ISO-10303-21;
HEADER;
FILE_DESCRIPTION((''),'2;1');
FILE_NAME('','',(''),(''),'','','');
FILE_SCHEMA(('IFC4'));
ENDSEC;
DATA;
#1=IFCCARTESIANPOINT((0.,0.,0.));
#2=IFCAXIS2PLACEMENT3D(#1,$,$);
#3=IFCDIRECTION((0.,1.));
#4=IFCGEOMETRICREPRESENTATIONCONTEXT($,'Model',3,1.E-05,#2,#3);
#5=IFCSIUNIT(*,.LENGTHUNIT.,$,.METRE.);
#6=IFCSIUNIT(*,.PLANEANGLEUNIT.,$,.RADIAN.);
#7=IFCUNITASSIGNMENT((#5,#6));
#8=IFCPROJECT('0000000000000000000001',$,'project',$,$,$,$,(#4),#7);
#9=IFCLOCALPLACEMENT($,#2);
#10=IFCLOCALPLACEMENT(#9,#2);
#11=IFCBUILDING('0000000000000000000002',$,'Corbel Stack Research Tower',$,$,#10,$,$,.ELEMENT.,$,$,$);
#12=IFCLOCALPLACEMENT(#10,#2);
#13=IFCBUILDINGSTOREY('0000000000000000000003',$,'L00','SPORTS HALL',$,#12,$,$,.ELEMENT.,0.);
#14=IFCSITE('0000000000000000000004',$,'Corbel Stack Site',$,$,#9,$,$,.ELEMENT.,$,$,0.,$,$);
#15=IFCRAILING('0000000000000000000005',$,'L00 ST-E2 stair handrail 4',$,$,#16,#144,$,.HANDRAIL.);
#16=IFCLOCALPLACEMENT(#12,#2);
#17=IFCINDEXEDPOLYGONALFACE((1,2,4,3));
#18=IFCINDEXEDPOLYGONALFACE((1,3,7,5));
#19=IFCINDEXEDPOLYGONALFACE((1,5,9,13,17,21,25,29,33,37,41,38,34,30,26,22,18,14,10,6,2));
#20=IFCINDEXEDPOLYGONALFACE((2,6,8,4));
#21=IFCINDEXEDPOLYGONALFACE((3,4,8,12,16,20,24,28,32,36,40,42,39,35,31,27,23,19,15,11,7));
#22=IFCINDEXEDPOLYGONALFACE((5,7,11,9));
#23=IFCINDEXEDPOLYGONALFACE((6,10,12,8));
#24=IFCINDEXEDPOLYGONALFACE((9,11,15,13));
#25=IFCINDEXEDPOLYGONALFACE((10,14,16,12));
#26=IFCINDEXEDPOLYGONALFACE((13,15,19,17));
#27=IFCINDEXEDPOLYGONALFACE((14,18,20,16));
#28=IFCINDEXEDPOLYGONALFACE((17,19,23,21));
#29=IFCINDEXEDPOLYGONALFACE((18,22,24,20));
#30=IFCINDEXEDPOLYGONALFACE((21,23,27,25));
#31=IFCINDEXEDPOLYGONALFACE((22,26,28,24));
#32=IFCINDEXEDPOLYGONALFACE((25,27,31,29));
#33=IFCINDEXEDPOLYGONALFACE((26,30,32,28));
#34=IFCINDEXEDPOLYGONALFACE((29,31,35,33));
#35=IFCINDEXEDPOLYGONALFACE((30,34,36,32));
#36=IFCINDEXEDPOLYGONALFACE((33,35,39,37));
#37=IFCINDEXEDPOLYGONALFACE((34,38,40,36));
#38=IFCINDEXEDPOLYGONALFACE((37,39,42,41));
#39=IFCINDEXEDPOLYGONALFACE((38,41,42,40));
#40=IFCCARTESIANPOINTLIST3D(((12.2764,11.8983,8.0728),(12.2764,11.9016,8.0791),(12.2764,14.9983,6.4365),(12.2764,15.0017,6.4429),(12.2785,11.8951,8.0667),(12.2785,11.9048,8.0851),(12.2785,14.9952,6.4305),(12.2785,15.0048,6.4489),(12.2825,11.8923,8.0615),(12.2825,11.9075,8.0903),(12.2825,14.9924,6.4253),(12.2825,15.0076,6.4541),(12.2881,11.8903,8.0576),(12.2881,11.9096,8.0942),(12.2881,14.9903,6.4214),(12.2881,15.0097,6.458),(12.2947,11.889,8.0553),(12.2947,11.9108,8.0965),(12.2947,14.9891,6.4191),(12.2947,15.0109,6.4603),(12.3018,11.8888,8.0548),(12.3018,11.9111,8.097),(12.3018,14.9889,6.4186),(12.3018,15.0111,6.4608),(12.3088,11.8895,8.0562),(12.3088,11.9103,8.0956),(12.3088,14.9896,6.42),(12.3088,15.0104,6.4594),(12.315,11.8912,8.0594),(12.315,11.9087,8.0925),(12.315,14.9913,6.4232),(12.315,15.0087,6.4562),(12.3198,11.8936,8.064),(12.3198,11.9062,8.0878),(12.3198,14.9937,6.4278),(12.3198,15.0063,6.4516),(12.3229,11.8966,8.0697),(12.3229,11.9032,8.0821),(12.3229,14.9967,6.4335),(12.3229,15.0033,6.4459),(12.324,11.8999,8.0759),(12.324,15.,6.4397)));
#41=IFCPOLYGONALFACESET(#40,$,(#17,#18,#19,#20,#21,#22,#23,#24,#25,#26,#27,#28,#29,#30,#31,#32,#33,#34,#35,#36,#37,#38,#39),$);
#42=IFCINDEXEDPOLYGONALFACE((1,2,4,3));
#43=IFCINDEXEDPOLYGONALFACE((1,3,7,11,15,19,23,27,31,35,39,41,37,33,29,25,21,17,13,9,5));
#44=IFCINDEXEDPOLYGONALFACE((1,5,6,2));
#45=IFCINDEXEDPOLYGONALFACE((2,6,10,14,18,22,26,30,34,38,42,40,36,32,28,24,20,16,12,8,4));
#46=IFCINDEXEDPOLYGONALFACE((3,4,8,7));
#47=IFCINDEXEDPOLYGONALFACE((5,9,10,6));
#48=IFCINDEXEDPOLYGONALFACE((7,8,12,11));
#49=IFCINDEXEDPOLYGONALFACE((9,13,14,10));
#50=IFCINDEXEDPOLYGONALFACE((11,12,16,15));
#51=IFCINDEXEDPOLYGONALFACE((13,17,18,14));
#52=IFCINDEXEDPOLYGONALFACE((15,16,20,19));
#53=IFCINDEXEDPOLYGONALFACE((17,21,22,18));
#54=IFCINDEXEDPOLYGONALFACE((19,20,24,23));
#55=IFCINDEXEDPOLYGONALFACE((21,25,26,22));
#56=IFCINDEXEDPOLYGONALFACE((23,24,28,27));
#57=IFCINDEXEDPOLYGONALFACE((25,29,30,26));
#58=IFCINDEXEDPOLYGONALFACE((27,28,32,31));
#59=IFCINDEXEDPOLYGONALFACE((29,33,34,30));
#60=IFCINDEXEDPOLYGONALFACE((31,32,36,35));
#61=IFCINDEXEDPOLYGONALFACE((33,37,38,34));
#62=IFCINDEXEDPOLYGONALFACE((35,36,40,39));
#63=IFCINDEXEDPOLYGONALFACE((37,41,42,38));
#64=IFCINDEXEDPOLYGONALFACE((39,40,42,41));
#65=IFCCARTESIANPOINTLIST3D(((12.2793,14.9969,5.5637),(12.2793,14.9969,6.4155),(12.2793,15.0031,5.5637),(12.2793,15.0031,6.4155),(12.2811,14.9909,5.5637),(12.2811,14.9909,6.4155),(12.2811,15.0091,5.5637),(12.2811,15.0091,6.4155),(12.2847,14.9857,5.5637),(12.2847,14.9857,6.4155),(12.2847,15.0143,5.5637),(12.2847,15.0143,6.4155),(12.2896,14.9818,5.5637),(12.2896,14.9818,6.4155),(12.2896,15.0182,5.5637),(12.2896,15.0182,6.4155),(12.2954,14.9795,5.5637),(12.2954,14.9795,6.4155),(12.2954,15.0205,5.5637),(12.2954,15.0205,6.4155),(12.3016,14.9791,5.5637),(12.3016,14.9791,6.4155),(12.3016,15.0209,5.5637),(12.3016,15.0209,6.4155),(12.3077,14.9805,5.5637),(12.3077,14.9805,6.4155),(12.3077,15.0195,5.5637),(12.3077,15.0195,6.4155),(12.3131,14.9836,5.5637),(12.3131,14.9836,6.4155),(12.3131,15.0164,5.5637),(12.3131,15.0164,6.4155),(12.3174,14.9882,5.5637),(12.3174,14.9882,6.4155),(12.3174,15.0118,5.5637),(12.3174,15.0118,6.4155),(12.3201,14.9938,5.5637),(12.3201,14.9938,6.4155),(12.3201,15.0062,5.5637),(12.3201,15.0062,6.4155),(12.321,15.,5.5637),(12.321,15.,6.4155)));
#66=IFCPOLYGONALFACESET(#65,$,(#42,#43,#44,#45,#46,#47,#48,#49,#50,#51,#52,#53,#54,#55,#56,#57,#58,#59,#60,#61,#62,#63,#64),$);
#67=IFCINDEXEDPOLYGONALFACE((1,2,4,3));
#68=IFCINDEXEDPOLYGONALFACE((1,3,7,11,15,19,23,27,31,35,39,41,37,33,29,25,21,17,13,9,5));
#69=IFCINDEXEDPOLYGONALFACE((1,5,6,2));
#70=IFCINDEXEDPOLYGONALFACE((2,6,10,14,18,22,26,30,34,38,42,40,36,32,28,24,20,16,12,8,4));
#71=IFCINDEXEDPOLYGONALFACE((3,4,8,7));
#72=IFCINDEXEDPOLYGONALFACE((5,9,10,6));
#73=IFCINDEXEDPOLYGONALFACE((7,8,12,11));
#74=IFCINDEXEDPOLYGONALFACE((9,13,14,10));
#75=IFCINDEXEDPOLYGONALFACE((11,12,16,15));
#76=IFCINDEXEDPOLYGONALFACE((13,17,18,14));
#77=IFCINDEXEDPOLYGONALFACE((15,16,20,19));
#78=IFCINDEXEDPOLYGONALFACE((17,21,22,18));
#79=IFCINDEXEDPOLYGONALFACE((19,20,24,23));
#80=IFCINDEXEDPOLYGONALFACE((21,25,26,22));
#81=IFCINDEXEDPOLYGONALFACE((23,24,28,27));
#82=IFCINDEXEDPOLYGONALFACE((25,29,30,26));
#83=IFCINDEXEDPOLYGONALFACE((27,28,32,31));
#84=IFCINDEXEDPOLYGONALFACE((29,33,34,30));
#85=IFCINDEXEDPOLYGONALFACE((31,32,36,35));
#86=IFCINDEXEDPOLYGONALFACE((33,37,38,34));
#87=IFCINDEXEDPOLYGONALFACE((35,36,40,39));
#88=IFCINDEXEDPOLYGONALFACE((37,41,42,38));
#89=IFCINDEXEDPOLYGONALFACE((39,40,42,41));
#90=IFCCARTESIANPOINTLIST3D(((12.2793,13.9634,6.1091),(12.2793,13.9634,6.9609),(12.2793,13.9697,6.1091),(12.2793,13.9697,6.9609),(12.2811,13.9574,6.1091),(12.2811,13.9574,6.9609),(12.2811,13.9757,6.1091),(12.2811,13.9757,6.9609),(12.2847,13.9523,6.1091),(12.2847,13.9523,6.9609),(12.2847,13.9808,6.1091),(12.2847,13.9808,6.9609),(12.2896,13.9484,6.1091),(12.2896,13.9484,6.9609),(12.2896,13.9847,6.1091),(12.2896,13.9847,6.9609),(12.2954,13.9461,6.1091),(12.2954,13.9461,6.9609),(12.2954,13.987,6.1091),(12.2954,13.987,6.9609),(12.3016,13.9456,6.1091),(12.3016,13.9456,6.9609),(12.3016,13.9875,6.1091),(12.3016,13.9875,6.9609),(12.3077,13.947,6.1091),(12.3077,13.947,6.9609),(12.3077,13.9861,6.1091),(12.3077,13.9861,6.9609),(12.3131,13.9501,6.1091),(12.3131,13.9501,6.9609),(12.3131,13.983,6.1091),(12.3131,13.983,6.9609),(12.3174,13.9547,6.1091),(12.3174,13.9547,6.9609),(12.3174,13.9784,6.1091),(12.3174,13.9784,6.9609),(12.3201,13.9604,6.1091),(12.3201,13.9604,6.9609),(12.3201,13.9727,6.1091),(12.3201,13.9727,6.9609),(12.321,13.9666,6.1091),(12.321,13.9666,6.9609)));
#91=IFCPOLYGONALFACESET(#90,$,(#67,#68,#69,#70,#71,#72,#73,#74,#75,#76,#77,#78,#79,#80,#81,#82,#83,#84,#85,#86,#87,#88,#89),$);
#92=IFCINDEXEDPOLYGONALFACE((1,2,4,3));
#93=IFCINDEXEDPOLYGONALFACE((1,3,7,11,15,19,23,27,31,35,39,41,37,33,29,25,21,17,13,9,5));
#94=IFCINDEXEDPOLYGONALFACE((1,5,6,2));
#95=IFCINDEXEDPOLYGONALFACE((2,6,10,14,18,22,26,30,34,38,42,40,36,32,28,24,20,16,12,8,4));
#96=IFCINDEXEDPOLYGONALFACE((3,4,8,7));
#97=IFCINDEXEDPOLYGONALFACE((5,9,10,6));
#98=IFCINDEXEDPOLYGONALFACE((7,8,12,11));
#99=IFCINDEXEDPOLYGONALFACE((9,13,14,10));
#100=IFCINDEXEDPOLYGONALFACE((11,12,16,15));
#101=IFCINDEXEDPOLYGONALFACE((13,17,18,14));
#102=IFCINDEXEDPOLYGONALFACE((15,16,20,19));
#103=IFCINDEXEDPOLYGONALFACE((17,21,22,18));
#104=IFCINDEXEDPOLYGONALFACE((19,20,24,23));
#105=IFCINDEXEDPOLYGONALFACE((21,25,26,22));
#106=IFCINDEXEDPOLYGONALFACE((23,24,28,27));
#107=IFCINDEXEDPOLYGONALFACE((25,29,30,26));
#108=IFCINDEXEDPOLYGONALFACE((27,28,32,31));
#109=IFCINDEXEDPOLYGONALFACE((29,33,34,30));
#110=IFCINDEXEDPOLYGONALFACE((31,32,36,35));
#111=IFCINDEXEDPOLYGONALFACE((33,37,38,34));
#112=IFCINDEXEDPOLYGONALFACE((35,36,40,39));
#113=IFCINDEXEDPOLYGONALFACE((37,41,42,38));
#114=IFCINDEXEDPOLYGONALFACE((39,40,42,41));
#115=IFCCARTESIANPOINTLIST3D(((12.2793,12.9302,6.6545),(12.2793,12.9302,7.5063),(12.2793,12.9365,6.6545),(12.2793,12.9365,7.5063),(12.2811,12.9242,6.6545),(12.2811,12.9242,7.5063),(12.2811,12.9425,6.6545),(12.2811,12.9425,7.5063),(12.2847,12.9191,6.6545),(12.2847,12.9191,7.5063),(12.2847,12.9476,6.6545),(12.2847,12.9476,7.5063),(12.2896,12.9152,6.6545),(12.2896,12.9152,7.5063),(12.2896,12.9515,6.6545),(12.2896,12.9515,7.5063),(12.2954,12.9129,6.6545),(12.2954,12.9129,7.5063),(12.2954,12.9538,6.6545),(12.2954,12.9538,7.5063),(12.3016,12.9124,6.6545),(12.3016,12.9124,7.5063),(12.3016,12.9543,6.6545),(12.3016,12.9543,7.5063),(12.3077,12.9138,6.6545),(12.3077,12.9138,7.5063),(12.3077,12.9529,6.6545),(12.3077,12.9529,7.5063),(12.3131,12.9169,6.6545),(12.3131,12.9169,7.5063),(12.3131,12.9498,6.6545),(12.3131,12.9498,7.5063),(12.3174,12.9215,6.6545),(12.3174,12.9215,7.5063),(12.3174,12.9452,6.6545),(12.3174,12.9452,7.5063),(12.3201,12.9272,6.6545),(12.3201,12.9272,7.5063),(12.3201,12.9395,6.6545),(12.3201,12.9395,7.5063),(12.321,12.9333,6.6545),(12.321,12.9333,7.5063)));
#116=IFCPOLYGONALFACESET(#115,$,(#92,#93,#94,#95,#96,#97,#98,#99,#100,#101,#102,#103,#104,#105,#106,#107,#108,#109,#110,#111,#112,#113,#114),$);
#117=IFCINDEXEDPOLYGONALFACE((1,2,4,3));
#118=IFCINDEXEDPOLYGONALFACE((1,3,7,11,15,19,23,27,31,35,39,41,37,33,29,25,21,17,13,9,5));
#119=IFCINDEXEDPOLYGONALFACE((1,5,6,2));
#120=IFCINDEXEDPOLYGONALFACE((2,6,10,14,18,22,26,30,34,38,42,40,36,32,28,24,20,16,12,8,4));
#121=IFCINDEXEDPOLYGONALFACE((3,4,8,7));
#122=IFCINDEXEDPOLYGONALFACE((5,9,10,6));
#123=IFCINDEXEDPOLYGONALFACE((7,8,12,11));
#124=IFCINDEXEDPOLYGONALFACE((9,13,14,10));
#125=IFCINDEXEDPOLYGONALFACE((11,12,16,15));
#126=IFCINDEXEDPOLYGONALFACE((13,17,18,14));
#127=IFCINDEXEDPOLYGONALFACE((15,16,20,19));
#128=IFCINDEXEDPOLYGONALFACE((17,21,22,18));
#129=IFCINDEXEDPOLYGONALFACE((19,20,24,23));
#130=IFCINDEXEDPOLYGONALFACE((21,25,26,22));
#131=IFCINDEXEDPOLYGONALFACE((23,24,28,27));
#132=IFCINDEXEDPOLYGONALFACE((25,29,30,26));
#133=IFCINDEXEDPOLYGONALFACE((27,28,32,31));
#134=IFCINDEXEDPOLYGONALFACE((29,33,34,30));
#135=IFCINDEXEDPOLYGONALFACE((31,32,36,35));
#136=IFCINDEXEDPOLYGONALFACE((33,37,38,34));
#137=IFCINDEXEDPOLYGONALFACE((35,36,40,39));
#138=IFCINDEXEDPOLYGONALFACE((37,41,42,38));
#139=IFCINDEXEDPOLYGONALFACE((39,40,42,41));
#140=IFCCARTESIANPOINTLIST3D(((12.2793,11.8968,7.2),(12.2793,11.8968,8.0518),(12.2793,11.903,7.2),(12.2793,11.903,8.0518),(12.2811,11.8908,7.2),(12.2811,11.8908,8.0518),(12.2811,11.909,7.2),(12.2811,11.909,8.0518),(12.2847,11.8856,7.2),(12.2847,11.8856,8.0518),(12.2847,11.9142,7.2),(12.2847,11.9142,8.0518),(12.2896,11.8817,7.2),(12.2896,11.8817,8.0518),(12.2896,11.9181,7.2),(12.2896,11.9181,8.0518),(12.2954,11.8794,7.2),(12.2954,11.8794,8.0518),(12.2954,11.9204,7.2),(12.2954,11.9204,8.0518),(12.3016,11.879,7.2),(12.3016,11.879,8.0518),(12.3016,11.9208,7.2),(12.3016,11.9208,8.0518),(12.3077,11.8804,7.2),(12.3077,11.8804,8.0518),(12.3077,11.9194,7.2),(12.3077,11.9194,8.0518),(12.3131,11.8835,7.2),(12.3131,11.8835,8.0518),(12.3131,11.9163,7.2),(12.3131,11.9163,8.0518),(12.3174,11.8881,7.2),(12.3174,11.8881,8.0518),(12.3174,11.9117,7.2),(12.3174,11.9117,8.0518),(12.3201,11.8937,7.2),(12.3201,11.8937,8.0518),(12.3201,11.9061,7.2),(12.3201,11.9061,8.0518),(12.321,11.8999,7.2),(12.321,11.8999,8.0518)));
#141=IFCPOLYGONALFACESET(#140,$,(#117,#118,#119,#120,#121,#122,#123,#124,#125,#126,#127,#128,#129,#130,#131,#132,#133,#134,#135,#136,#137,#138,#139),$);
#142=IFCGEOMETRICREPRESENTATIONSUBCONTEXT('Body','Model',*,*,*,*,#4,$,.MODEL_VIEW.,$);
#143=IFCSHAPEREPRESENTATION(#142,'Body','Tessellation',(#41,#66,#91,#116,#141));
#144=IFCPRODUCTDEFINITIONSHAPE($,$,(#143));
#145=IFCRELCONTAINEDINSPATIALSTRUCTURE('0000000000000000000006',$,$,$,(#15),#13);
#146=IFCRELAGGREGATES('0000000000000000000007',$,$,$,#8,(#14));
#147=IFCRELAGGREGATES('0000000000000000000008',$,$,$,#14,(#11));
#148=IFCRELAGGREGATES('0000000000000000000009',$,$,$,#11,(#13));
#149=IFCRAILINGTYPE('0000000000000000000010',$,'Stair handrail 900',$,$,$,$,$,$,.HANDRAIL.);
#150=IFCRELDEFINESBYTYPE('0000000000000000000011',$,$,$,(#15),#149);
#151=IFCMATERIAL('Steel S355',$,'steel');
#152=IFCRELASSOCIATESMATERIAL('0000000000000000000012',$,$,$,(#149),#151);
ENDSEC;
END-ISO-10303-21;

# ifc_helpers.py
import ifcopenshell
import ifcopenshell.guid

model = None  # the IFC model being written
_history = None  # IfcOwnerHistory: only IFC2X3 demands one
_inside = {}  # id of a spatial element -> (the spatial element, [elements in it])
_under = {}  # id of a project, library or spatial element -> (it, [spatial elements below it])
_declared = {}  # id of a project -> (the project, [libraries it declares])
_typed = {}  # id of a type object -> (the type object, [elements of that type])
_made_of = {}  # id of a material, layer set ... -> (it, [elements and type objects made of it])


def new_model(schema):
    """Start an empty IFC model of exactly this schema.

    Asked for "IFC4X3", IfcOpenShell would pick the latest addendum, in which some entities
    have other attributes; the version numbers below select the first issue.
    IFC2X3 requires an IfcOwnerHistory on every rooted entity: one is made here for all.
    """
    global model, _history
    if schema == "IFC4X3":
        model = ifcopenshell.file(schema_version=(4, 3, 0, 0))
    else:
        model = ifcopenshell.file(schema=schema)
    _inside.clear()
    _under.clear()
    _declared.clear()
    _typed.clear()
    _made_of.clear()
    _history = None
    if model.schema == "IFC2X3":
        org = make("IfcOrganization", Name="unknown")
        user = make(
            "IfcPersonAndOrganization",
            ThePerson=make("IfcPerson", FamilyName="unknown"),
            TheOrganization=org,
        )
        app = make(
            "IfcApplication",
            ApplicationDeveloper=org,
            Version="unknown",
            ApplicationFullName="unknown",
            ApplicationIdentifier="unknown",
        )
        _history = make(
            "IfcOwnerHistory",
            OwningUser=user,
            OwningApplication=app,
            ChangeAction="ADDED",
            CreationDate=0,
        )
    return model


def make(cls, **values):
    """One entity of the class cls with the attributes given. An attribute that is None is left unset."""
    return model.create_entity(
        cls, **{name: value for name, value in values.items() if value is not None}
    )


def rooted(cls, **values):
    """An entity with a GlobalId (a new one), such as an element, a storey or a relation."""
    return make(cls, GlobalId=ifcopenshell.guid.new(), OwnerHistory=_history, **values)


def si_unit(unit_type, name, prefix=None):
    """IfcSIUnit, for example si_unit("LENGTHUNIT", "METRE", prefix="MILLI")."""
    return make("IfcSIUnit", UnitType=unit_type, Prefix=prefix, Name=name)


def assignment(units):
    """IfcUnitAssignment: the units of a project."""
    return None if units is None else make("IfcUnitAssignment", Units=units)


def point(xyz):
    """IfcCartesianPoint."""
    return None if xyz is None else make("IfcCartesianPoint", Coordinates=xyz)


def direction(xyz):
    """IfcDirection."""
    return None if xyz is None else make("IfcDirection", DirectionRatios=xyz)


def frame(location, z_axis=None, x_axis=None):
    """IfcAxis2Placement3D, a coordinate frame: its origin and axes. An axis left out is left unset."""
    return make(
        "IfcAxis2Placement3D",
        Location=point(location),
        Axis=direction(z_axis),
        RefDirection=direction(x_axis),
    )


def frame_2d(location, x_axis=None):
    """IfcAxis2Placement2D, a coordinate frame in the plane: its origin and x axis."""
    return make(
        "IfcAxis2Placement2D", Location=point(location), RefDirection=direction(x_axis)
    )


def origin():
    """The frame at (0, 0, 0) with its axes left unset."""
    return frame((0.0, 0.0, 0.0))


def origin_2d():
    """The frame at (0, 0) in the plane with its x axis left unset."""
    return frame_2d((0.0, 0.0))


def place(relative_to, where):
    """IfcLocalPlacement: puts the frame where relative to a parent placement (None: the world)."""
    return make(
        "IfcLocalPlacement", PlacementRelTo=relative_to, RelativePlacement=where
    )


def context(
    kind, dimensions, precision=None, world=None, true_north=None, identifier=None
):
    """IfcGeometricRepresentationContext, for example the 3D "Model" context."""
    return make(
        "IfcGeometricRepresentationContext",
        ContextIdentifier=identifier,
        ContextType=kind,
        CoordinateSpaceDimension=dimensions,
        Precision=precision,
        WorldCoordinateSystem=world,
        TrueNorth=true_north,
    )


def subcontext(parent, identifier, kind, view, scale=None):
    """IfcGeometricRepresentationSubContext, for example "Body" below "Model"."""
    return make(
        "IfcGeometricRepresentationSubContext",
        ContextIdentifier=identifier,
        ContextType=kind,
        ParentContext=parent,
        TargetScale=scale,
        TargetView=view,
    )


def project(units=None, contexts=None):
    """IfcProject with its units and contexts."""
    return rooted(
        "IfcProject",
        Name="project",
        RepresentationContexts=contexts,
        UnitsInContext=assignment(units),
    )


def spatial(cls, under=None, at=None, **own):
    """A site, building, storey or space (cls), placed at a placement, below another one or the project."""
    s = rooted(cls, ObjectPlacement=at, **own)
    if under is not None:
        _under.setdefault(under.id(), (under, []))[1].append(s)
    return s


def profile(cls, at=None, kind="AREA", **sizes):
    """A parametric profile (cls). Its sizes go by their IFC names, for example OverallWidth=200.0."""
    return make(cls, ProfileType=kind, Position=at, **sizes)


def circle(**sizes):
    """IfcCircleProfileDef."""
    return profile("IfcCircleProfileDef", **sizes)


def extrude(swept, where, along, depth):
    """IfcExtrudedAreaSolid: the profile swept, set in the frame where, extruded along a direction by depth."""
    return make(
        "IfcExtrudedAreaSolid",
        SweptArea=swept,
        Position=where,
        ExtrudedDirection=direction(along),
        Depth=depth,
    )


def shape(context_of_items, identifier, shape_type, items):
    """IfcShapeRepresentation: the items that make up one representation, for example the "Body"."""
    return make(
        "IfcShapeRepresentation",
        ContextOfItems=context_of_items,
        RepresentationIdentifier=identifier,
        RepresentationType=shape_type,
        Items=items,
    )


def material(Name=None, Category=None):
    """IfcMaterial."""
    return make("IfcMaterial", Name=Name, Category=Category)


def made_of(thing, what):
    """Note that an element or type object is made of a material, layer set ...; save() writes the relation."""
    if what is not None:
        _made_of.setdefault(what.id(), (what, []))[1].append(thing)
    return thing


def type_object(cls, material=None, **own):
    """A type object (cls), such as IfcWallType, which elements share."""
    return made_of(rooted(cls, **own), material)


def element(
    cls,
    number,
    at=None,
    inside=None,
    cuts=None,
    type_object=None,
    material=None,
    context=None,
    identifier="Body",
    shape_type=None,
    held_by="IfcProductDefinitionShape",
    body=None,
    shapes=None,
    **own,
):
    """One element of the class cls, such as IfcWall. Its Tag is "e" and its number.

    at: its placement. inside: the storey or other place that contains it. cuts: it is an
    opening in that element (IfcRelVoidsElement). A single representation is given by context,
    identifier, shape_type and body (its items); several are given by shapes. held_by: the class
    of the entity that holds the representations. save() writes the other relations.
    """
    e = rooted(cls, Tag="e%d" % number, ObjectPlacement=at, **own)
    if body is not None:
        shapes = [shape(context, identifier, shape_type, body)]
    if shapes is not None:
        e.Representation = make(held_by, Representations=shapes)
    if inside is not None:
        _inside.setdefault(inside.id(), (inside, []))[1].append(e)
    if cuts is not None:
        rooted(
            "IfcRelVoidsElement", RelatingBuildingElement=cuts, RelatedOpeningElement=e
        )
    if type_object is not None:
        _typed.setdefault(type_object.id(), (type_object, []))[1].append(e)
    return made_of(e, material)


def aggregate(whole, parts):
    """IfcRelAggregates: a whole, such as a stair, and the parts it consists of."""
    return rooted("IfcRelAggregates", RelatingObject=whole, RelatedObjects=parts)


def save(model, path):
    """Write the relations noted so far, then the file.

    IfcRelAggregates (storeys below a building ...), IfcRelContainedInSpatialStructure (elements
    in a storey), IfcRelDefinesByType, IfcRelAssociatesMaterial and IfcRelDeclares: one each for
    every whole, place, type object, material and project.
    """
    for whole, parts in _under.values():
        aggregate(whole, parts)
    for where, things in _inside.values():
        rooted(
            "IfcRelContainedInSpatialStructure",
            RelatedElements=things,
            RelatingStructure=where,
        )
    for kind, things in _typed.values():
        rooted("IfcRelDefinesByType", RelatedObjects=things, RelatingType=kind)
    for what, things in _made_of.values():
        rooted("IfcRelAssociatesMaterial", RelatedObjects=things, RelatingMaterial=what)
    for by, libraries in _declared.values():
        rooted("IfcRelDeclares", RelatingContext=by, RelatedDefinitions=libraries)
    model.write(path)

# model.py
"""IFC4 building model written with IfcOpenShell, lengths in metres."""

from ifc_helpers import new_model, si_unit, direction, frame, origin, origin_2d, place, context, subcontext, project, spatial, circle, extrude, material, type_object, element, save


model = new_model("IFC4")

# Units and contexts
model_context = context("Model", 3, precision=1e-05, world=origin(), true_north=direction((0.0, 1.0)))
body_context = subcontext(model_context, "Body", "Model", "MODEL_VIEW")
ifc_project = project(units=[si_unit("LENGTHUNIT", "METRE"), si_unit("PLANEANGLEUNIT", "RADIAN")], contexts=[model_context])

# Site, building, storey
site_placement = place(None, origin())
site = spatial("IfcSite", under=ifc_project, at=site_placement, Name="Corbel Stack Site", CompositionType="ELEMENT", RefElevation=0.0)
building_placement = place(site_placement, origin())
building = spatial("IfcBuilding", under=site, at=building_placement, Name="Corbel Stack Research Tower", CompositionType="ELEMENT")
storey_placement = place(building_placement, origin())
storey = spatial("IfcBuildingStorey", under=building, at=storey_placement, Name="L00", Description="SPORTS HALL", CompositionType="ELEMENT", Elevation=0.0)

# Railing
ifc_material_1 = material(Name="Steel S355", Category="steel")
railing_type_1 = type_object("IfcRailingType", Name="Stair handrail 900", PredefinedType="HANDRAIL", material=ifc_material_1)
railing_1_placement = place(storey_placement, frame((12.3, 15.0, 5.5637)))
element("IfcRailing", 1, at=railing_1_placement, inside=storey, type_object=railing_type_1, Name="L00 ST-E2 stair handrail 4", PredefinedType="HANDRAIL", context=body_context, shape_type="SweptSolid", body=[
    extrude(circle(Radius=0.0239, at=origin_2d()), frame((0.0, 0.0, 0.876), z_axis=(0.0, -0.884377, 0.466774), x_axis=(1.0, 0.0, 0.0)), (0.0, 0.0, 1.0), 3.5054),
    extrude(circle(Radius=0.021, at=origin_2d()), origin(), (0.0, 0.0, 1.0), 0.8518),
    extrude(circle(Radius=0.021, at=origin_2d()), frame((0.0, -1.0334, 0.5454)), (0.0, 0.0, 1.0), 0.8518),
    extrude(circle(Radius=0.021, at=origin_2d()), frame((0.0, -2.0667, 1.0908)), (0.0, 0.0, 1.0), 0.8518),
    extrude(circle(Radius=0.021, at=origin_2d()), frame((0.0, -3.1001, 1.6362)), (0.0, 0.0, 1.0), 0.8518),
])

save(model, "model.ifc")
